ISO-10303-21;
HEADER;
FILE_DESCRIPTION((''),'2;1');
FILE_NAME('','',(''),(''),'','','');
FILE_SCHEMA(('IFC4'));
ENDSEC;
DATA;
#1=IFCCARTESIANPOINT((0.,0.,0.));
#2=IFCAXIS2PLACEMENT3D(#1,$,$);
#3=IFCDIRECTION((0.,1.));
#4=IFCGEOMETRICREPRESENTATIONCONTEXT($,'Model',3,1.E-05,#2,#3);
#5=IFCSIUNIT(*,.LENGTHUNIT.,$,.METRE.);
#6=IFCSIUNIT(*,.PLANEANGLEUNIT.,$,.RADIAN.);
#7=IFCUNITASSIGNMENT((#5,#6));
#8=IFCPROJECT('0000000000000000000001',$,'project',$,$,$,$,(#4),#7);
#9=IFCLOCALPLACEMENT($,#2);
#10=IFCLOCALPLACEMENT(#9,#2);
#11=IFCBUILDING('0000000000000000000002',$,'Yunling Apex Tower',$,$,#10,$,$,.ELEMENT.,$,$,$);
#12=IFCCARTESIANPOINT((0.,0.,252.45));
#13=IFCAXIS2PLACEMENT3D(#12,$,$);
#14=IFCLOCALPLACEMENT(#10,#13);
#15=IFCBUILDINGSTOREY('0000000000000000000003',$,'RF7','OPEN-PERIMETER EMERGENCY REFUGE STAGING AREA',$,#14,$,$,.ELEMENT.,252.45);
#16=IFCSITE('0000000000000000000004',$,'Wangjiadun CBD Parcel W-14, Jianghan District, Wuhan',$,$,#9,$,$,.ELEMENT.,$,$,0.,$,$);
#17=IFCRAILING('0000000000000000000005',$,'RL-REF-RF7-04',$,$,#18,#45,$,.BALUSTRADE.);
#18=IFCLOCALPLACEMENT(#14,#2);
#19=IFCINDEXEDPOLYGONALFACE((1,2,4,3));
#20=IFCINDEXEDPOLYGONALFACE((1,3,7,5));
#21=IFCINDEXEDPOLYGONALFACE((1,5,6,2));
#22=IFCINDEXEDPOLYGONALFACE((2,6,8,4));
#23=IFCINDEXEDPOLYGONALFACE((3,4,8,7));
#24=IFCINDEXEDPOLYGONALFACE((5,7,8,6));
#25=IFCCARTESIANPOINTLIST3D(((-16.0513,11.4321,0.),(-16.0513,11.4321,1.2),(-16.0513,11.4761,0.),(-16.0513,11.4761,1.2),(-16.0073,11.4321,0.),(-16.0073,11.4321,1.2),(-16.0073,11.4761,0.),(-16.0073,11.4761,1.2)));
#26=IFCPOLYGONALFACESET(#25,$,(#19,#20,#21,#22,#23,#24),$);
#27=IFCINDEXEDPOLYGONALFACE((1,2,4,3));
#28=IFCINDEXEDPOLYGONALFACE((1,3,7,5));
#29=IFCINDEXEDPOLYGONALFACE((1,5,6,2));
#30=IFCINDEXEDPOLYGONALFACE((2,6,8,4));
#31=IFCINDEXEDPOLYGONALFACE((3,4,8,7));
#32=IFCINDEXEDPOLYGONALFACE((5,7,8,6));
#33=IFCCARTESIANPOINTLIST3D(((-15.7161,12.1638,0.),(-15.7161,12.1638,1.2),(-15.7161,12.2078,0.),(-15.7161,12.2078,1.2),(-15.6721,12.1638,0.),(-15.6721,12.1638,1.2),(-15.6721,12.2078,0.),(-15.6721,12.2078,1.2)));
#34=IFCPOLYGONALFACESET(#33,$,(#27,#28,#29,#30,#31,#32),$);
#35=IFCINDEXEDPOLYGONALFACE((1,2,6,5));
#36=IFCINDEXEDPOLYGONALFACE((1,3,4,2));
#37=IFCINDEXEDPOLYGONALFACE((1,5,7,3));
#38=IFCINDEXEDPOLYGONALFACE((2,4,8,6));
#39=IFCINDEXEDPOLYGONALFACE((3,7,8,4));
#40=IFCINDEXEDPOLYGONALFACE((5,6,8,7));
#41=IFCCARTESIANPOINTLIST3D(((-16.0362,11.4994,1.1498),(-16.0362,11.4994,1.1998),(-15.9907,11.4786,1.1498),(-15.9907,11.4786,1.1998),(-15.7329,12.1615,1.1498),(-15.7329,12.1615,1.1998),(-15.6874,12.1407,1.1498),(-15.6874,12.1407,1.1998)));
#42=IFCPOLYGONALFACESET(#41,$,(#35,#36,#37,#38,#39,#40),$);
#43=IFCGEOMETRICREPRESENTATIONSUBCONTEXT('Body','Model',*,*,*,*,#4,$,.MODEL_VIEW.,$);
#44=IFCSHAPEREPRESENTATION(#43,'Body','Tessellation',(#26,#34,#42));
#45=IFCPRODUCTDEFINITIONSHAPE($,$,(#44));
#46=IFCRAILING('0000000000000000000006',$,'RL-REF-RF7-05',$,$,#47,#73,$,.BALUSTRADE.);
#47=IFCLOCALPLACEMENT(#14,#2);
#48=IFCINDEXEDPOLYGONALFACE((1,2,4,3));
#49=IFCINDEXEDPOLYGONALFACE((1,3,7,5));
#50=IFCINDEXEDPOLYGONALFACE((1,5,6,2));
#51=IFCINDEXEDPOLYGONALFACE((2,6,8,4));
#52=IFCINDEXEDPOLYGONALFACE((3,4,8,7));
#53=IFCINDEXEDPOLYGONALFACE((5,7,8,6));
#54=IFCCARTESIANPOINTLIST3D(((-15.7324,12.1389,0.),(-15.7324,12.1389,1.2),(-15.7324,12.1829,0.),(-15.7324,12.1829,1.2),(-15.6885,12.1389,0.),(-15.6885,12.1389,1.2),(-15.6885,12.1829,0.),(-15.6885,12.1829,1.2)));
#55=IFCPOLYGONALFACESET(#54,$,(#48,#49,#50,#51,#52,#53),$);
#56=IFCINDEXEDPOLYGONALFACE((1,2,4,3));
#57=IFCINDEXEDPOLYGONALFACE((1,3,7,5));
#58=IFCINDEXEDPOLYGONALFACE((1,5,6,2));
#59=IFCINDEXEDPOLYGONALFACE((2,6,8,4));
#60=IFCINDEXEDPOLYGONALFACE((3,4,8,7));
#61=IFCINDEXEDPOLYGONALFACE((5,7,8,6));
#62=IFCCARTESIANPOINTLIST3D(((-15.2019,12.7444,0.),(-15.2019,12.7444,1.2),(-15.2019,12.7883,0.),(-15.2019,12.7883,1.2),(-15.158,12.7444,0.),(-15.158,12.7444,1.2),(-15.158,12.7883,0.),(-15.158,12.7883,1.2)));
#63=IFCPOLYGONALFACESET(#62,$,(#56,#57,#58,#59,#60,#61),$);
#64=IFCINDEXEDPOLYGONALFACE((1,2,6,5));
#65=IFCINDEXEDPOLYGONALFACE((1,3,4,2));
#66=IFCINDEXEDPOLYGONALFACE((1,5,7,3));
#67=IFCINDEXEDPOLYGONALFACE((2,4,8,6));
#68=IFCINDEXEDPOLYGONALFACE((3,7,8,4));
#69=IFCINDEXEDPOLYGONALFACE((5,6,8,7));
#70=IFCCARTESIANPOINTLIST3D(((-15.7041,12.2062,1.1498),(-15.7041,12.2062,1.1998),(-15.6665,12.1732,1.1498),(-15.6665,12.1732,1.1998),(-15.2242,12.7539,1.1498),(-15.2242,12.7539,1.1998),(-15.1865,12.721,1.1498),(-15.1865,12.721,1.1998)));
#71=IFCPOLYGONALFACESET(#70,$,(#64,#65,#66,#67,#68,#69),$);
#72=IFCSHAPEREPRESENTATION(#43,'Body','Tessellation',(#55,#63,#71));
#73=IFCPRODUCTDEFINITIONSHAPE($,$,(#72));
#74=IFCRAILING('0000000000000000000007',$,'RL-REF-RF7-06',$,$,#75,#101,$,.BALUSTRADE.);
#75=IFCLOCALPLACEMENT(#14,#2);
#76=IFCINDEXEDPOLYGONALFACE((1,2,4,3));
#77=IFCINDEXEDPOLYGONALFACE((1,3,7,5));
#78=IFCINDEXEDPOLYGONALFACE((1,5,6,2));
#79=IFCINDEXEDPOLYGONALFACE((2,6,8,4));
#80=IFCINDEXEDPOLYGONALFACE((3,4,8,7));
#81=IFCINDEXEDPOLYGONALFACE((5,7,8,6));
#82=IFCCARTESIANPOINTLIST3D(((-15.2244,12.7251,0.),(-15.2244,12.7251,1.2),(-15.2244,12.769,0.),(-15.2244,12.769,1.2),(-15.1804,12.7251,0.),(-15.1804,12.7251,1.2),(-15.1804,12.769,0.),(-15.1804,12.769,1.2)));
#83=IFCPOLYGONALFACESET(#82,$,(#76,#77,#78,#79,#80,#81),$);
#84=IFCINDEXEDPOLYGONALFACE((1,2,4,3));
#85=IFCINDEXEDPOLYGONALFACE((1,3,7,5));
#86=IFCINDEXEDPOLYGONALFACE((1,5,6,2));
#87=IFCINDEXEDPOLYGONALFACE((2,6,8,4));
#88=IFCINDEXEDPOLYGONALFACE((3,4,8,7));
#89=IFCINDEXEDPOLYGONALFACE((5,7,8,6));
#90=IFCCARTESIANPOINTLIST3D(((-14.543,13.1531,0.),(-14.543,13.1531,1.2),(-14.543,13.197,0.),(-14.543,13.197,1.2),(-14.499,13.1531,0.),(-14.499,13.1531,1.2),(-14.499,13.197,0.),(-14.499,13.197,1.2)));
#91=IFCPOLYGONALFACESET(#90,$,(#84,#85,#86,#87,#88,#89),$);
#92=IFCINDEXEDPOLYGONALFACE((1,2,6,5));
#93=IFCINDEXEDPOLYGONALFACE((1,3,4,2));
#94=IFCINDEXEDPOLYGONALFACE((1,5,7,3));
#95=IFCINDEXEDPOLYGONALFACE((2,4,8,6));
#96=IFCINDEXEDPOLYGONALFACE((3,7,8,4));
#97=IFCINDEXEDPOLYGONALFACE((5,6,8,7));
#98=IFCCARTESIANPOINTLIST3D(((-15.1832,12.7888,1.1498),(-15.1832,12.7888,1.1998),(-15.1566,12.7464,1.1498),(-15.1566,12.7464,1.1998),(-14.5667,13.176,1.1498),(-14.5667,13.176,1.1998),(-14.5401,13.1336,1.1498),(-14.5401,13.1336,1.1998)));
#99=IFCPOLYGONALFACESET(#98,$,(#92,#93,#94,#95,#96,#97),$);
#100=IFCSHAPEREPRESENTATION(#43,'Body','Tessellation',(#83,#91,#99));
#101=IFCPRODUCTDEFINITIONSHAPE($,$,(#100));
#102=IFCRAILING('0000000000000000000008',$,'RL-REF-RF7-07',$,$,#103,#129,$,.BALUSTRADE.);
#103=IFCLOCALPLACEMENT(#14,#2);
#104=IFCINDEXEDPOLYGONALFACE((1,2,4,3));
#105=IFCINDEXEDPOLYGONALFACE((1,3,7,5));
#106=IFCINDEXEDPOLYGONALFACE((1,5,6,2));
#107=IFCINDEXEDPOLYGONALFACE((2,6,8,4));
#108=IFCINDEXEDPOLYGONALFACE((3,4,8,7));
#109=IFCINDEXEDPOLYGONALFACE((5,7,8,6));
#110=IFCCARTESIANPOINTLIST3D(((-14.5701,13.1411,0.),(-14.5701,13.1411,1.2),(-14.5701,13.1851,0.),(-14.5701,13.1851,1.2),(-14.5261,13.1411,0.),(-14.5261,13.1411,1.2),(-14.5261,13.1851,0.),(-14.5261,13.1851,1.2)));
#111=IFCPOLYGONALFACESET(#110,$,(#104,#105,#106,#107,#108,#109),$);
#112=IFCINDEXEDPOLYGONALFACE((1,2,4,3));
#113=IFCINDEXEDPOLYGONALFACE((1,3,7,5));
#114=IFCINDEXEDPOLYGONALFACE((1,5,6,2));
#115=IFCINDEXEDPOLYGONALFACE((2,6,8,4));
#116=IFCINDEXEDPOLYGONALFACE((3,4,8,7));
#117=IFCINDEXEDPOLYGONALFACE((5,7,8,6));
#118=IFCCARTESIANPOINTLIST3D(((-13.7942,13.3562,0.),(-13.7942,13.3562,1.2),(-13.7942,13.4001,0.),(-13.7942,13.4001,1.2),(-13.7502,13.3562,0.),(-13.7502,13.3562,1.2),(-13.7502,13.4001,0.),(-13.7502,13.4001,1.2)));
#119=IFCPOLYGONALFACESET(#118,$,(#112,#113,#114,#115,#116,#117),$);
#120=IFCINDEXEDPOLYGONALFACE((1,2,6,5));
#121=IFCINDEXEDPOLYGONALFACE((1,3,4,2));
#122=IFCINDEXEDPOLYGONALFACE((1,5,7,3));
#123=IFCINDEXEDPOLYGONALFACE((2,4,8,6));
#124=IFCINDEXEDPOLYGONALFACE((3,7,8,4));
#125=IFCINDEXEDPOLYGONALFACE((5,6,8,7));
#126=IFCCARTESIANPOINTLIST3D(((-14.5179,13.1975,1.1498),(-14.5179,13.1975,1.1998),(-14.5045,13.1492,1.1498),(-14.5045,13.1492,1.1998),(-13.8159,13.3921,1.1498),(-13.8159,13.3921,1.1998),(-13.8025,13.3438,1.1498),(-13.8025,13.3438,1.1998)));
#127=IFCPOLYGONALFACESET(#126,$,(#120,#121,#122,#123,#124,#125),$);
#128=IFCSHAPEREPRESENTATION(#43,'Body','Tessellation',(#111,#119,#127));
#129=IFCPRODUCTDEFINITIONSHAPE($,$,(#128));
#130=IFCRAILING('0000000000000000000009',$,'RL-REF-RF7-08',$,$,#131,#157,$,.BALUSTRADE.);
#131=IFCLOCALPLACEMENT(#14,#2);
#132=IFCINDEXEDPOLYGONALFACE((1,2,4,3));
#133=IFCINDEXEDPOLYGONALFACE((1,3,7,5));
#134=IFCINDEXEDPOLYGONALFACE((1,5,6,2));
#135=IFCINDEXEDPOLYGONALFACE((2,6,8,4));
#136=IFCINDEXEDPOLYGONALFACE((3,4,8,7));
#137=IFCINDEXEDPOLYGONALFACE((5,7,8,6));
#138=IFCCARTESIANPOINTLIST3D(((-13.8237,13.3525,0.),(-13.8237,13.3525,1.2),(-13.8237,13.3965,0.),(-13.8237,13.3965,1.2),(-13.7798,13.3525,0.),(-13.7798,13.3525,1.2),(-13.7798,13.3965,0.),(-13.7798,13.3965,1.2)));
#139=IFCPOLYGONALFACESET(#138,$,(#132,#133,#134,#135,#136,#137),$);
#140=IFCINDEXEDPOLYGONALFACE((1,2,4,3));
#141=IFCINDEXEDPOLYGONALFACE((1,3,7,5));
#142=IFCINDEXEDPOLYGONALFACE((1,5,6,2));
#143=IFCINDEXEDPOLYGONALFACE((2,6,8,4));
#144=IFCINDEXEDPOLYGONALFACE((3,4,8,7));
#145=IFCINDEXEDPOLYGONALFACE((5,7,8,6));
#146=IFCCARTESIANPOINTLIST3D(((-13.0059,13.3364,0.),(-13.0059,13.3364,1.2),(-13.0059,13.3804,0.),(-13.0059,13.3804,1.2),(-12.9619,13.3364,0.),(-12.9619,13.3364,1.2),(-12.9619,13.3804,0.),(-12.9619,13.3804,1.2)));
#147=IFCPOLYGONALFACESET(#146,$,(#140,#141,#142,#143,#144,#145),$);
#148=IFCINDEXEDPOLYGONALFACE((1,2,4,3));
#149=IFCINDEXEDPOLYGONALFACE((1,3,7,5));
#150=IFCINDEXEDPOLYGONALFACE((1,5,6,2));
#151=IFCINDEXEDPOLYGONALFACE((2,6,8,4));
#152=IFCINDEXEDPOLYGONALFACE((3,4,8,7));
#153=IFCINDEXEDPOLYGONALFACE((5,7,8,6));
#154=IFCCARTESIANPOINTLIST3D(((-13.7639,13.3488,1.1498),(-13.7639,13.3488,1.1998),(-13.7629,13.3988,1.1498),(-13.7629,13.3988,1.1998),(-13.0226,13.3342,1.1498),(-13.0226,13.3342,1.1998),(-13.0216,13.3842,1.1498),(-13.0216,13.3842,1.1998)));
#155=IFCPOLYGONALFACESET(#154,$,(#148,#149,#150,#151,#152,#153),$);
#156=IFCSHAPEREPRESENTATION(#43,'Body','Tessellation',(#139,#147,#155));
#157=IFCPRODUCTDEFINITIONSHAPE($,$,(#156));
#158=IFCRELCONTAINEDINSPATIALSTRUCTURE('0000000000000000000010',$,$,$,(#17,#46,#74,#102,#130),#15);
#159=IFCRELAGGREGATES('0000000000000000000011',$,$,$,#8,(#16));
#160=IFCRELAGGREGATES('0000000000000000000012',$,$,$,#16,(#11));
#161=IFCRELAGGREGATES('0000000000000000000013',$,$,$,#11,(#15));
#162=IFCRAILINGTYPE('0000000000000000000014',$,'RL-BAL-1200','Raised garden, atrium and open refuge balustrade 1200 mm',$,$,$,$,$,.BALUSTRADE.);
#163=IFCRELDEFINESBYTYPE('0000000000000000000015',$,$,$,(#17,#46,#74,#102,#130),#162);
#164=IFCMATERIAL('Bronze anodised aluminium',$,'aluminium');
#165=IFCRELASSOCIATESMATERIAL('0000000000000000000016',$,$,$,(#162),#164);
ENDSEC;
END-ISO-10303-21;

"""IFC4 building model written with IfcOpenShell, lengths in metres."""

from ifc_helpers import new_model, si_unit, direction, frame, origin, origin_2d, place, context, subcontext, project, spatial, rectangle, extrude, material, type_object, element, save


model = new_model("IFC4")

# Units and contexts
model_context = context("Model", 3, precision=1e-05, world=origin(), true_north=direction((0.0, 1.0)))
body_context = subcontext(model_context, "Body", "Model", "MODEL_VIEW")
ifc_project = project(units=[si_unit("LENGTHUNIT", "METRE"), si_unit("PLANEANGLEUNIT", "RADIAN")], contexts=[model_context])

# Site, building, storey
site_placement = place(None, origin())
site = spatial("IfcSite", under=ifc_project, at=site_placement, Name="Wangjiadun CBD Parcel W-14, Jianghan District, Wuhan", CompositionType="ELEMENT", RefElevation=0.0)
building_placement = place(site_placement, origin())
building = spatial("IfcBuilding", under=site, at=building_placement, Name="Yunling Apex Tower", CompositionType="ELEMENT")
storey_placement = place(building_placement, frame((0.0, 0.0, 252.45)))
storey = spatial("IfcBuildingStorey", under=building, at=storey_placement, Name="RF7", Description="OPEN-PERIMETER EMERGENCY REFUGE STAGING AREA", CompositionType="ELEMENT", Elevation=252.45)

# Railings
ifc_material_1 = material(Name="Bronze anodised aluminium", Category="aluminium")
railing_type = type_object("IfcRailingType", Name="RL-BAL-1200", Description="Raised garden, atrium and open refuge balustrade 1200 mm", PredefinedType="BALUSTRADE", material=ifc_material_1)
railing_1_placement = place(storey_placement, frame((-16.0293, 11.4541, 0.0)))
element("IfcRailing", 1, at=railing_1_placement, inside=storey, type_object=railing_type, Name="RL-REF-RF7-04", PredefinedType="BALUSTRADE", context=body_context, shape_type="SweptSolid", body=[
    extrude(rectangle(XDim=0.0439, YDim=0.0439, at=origin_2d()), origin(), (0.0, 0.0, 1.0), 1.2),
    extrude(rectangle(XDim=0.0439, YDim=0.0439, at=origin_2d()), frame((0.3352, 0.7317, 0.0)), (0.0, 0.0, 1.0), 1.2),
    extrude(rectangle(XDim=0.05, YDim=0.05, at=origin_2d()), frame((0.0159, 0.0349, 1.1748), z_axis=(0.416498, 0.909137, 0.0), x_axis=(-0.909137, 0.416498, 0.0)), (0.0, 0.0, 1.0), 0.7283),
])
railing_2_placement = place(storey_placement, frame((-15.7104, 12.1609, 0.0)))
element("IfcRailing", 2, at=railing_2_placement, inside=storey, type_object=railing_type, Name="RL-REF-RF7-05", PredefinedType="BALUSTRADE", context=body_context, shape_type="SweptSolid", body=[
    extrude(rectangle(XDim=0.0439, YDim=0.0439, at=origin_2d()), origin(), (0.0, 0.0, 1.0), 1.2),
    extrude(rectangle(XDim=0.0439, YDim=0.0439, at=origin_2d()), frame((0.5305, 0.6055, 0.0)), (0.0, 0.0, 1.0), 1.2),
    extrude(rectangle(XDim=0.05, YDim=0.05, at=origin_2d()), frame((0.0251, 0.0288, 1.1748), z_axis=(0.65902, 0.752126, 0.0), x_axis=(-0.752126, 0.65902, 0.0)), (0.0, 0.0, 1.0), 0.7283),
])
railing_3_placement = place(storey_placement, frame((-15.2024, 12.7471, 0.0)))
element("IfcRailing", 3, at=railing_3_placement, inside=storey, type_object=railing_type, Name="RL-REF-RF7-06", PredefinedType="BALUSTRADE", context=body_context, shape_type="SweptSolid", body=[
    extrude(rectangle(XDim=0.0439, YDim=0.0439, at=origin_2d()), origin(), (0.0, 0.0, 1.0), 1.2),
    extrude(rectangle(XDim=0.0439, YDim=0.0439, at=origin_2d()), frame((0.6814, 0.428, 0.0)), (0.0, 0.0, 1.0), 1.2),
    extrude(rectangle(XDim=0.05, YDim=0.05, at=origin_2d()), frame((0.0325, 0.0205, 1.1748), z_axis=(0.84682, 0.531879, 0.0), x_axis=(-0.531879, 0.84682, 0.0)), (0.0, 0.0, 1.0), 0.728),
])
railing_4_placement = place(storey_placement, frame((-14.5481, 13.1631, 0.0)))
element("IfcRailing", 4, at=railing_4_placement, inside=storey, type_object=railing_type, Name="RL-REF-RF7-07", PredefinedType="BALUSTRADE", context=body_context, shape_type="SweptSolid", body=[
    extrude(rectangle(XDim=0.0439, YDim=0.0439, at=origin_2d()), origin(), (0.0, 0.0, 1.0), 1.2),
    extrude(rectangle(XDim=0.0439, YDim=0.0439, at=origin_2d()), frame((0.7759, 0.2151, 0.0)), (0.0, 0.0, 1.0), 1.2),
    extrude(rectangle(XDim=0.05, YDim=0.05, at=origin_2d()), frame((0.0369, 0.0103, 1.1748), z_axis=(0.963657, 0.267143, 0.0), x_axis=(-0.267143, 0.963657, 0.0)), (0.0, 0.0, 1.0), 0.7285),
])
railing_5_placement = place(storey_placement, frame((-13.8018, 13.3745, 0.0)))
element("IfcRailing", 5, at=railing_5_placement, inside=storey, type_object=railing_type, Name="RL-REF-RF7-08", PredefinedType="BALUSTRADE", context=body_context, shape_type="SweptSolid", body=[
    extrude(rectangle(XDim=0.0439, YDim=0.0439, at=origin_2d()), origin(), (0.0, 0.0, 1.0), 1.2),
    extrude(rectangle(XDim=0.0439, YDim=0.0439, at=origin_2d()), frame((0.8179, -0.0161, 0.0)), (0.0, 0.0, 1.0), 1.2),
    extrude(rectangle(XDim=0.05, YDim=0.05, at=origin_2d()), frame((0.0383, -0.0007, 1.1748), z_axis=(0.999806, -0.019698, 0.0), x_axis=(0.019698, 0.999806, 0.0)), (0.0, 0.0, 1.0), 0.7415),
])

save(model, "model.ifc")
